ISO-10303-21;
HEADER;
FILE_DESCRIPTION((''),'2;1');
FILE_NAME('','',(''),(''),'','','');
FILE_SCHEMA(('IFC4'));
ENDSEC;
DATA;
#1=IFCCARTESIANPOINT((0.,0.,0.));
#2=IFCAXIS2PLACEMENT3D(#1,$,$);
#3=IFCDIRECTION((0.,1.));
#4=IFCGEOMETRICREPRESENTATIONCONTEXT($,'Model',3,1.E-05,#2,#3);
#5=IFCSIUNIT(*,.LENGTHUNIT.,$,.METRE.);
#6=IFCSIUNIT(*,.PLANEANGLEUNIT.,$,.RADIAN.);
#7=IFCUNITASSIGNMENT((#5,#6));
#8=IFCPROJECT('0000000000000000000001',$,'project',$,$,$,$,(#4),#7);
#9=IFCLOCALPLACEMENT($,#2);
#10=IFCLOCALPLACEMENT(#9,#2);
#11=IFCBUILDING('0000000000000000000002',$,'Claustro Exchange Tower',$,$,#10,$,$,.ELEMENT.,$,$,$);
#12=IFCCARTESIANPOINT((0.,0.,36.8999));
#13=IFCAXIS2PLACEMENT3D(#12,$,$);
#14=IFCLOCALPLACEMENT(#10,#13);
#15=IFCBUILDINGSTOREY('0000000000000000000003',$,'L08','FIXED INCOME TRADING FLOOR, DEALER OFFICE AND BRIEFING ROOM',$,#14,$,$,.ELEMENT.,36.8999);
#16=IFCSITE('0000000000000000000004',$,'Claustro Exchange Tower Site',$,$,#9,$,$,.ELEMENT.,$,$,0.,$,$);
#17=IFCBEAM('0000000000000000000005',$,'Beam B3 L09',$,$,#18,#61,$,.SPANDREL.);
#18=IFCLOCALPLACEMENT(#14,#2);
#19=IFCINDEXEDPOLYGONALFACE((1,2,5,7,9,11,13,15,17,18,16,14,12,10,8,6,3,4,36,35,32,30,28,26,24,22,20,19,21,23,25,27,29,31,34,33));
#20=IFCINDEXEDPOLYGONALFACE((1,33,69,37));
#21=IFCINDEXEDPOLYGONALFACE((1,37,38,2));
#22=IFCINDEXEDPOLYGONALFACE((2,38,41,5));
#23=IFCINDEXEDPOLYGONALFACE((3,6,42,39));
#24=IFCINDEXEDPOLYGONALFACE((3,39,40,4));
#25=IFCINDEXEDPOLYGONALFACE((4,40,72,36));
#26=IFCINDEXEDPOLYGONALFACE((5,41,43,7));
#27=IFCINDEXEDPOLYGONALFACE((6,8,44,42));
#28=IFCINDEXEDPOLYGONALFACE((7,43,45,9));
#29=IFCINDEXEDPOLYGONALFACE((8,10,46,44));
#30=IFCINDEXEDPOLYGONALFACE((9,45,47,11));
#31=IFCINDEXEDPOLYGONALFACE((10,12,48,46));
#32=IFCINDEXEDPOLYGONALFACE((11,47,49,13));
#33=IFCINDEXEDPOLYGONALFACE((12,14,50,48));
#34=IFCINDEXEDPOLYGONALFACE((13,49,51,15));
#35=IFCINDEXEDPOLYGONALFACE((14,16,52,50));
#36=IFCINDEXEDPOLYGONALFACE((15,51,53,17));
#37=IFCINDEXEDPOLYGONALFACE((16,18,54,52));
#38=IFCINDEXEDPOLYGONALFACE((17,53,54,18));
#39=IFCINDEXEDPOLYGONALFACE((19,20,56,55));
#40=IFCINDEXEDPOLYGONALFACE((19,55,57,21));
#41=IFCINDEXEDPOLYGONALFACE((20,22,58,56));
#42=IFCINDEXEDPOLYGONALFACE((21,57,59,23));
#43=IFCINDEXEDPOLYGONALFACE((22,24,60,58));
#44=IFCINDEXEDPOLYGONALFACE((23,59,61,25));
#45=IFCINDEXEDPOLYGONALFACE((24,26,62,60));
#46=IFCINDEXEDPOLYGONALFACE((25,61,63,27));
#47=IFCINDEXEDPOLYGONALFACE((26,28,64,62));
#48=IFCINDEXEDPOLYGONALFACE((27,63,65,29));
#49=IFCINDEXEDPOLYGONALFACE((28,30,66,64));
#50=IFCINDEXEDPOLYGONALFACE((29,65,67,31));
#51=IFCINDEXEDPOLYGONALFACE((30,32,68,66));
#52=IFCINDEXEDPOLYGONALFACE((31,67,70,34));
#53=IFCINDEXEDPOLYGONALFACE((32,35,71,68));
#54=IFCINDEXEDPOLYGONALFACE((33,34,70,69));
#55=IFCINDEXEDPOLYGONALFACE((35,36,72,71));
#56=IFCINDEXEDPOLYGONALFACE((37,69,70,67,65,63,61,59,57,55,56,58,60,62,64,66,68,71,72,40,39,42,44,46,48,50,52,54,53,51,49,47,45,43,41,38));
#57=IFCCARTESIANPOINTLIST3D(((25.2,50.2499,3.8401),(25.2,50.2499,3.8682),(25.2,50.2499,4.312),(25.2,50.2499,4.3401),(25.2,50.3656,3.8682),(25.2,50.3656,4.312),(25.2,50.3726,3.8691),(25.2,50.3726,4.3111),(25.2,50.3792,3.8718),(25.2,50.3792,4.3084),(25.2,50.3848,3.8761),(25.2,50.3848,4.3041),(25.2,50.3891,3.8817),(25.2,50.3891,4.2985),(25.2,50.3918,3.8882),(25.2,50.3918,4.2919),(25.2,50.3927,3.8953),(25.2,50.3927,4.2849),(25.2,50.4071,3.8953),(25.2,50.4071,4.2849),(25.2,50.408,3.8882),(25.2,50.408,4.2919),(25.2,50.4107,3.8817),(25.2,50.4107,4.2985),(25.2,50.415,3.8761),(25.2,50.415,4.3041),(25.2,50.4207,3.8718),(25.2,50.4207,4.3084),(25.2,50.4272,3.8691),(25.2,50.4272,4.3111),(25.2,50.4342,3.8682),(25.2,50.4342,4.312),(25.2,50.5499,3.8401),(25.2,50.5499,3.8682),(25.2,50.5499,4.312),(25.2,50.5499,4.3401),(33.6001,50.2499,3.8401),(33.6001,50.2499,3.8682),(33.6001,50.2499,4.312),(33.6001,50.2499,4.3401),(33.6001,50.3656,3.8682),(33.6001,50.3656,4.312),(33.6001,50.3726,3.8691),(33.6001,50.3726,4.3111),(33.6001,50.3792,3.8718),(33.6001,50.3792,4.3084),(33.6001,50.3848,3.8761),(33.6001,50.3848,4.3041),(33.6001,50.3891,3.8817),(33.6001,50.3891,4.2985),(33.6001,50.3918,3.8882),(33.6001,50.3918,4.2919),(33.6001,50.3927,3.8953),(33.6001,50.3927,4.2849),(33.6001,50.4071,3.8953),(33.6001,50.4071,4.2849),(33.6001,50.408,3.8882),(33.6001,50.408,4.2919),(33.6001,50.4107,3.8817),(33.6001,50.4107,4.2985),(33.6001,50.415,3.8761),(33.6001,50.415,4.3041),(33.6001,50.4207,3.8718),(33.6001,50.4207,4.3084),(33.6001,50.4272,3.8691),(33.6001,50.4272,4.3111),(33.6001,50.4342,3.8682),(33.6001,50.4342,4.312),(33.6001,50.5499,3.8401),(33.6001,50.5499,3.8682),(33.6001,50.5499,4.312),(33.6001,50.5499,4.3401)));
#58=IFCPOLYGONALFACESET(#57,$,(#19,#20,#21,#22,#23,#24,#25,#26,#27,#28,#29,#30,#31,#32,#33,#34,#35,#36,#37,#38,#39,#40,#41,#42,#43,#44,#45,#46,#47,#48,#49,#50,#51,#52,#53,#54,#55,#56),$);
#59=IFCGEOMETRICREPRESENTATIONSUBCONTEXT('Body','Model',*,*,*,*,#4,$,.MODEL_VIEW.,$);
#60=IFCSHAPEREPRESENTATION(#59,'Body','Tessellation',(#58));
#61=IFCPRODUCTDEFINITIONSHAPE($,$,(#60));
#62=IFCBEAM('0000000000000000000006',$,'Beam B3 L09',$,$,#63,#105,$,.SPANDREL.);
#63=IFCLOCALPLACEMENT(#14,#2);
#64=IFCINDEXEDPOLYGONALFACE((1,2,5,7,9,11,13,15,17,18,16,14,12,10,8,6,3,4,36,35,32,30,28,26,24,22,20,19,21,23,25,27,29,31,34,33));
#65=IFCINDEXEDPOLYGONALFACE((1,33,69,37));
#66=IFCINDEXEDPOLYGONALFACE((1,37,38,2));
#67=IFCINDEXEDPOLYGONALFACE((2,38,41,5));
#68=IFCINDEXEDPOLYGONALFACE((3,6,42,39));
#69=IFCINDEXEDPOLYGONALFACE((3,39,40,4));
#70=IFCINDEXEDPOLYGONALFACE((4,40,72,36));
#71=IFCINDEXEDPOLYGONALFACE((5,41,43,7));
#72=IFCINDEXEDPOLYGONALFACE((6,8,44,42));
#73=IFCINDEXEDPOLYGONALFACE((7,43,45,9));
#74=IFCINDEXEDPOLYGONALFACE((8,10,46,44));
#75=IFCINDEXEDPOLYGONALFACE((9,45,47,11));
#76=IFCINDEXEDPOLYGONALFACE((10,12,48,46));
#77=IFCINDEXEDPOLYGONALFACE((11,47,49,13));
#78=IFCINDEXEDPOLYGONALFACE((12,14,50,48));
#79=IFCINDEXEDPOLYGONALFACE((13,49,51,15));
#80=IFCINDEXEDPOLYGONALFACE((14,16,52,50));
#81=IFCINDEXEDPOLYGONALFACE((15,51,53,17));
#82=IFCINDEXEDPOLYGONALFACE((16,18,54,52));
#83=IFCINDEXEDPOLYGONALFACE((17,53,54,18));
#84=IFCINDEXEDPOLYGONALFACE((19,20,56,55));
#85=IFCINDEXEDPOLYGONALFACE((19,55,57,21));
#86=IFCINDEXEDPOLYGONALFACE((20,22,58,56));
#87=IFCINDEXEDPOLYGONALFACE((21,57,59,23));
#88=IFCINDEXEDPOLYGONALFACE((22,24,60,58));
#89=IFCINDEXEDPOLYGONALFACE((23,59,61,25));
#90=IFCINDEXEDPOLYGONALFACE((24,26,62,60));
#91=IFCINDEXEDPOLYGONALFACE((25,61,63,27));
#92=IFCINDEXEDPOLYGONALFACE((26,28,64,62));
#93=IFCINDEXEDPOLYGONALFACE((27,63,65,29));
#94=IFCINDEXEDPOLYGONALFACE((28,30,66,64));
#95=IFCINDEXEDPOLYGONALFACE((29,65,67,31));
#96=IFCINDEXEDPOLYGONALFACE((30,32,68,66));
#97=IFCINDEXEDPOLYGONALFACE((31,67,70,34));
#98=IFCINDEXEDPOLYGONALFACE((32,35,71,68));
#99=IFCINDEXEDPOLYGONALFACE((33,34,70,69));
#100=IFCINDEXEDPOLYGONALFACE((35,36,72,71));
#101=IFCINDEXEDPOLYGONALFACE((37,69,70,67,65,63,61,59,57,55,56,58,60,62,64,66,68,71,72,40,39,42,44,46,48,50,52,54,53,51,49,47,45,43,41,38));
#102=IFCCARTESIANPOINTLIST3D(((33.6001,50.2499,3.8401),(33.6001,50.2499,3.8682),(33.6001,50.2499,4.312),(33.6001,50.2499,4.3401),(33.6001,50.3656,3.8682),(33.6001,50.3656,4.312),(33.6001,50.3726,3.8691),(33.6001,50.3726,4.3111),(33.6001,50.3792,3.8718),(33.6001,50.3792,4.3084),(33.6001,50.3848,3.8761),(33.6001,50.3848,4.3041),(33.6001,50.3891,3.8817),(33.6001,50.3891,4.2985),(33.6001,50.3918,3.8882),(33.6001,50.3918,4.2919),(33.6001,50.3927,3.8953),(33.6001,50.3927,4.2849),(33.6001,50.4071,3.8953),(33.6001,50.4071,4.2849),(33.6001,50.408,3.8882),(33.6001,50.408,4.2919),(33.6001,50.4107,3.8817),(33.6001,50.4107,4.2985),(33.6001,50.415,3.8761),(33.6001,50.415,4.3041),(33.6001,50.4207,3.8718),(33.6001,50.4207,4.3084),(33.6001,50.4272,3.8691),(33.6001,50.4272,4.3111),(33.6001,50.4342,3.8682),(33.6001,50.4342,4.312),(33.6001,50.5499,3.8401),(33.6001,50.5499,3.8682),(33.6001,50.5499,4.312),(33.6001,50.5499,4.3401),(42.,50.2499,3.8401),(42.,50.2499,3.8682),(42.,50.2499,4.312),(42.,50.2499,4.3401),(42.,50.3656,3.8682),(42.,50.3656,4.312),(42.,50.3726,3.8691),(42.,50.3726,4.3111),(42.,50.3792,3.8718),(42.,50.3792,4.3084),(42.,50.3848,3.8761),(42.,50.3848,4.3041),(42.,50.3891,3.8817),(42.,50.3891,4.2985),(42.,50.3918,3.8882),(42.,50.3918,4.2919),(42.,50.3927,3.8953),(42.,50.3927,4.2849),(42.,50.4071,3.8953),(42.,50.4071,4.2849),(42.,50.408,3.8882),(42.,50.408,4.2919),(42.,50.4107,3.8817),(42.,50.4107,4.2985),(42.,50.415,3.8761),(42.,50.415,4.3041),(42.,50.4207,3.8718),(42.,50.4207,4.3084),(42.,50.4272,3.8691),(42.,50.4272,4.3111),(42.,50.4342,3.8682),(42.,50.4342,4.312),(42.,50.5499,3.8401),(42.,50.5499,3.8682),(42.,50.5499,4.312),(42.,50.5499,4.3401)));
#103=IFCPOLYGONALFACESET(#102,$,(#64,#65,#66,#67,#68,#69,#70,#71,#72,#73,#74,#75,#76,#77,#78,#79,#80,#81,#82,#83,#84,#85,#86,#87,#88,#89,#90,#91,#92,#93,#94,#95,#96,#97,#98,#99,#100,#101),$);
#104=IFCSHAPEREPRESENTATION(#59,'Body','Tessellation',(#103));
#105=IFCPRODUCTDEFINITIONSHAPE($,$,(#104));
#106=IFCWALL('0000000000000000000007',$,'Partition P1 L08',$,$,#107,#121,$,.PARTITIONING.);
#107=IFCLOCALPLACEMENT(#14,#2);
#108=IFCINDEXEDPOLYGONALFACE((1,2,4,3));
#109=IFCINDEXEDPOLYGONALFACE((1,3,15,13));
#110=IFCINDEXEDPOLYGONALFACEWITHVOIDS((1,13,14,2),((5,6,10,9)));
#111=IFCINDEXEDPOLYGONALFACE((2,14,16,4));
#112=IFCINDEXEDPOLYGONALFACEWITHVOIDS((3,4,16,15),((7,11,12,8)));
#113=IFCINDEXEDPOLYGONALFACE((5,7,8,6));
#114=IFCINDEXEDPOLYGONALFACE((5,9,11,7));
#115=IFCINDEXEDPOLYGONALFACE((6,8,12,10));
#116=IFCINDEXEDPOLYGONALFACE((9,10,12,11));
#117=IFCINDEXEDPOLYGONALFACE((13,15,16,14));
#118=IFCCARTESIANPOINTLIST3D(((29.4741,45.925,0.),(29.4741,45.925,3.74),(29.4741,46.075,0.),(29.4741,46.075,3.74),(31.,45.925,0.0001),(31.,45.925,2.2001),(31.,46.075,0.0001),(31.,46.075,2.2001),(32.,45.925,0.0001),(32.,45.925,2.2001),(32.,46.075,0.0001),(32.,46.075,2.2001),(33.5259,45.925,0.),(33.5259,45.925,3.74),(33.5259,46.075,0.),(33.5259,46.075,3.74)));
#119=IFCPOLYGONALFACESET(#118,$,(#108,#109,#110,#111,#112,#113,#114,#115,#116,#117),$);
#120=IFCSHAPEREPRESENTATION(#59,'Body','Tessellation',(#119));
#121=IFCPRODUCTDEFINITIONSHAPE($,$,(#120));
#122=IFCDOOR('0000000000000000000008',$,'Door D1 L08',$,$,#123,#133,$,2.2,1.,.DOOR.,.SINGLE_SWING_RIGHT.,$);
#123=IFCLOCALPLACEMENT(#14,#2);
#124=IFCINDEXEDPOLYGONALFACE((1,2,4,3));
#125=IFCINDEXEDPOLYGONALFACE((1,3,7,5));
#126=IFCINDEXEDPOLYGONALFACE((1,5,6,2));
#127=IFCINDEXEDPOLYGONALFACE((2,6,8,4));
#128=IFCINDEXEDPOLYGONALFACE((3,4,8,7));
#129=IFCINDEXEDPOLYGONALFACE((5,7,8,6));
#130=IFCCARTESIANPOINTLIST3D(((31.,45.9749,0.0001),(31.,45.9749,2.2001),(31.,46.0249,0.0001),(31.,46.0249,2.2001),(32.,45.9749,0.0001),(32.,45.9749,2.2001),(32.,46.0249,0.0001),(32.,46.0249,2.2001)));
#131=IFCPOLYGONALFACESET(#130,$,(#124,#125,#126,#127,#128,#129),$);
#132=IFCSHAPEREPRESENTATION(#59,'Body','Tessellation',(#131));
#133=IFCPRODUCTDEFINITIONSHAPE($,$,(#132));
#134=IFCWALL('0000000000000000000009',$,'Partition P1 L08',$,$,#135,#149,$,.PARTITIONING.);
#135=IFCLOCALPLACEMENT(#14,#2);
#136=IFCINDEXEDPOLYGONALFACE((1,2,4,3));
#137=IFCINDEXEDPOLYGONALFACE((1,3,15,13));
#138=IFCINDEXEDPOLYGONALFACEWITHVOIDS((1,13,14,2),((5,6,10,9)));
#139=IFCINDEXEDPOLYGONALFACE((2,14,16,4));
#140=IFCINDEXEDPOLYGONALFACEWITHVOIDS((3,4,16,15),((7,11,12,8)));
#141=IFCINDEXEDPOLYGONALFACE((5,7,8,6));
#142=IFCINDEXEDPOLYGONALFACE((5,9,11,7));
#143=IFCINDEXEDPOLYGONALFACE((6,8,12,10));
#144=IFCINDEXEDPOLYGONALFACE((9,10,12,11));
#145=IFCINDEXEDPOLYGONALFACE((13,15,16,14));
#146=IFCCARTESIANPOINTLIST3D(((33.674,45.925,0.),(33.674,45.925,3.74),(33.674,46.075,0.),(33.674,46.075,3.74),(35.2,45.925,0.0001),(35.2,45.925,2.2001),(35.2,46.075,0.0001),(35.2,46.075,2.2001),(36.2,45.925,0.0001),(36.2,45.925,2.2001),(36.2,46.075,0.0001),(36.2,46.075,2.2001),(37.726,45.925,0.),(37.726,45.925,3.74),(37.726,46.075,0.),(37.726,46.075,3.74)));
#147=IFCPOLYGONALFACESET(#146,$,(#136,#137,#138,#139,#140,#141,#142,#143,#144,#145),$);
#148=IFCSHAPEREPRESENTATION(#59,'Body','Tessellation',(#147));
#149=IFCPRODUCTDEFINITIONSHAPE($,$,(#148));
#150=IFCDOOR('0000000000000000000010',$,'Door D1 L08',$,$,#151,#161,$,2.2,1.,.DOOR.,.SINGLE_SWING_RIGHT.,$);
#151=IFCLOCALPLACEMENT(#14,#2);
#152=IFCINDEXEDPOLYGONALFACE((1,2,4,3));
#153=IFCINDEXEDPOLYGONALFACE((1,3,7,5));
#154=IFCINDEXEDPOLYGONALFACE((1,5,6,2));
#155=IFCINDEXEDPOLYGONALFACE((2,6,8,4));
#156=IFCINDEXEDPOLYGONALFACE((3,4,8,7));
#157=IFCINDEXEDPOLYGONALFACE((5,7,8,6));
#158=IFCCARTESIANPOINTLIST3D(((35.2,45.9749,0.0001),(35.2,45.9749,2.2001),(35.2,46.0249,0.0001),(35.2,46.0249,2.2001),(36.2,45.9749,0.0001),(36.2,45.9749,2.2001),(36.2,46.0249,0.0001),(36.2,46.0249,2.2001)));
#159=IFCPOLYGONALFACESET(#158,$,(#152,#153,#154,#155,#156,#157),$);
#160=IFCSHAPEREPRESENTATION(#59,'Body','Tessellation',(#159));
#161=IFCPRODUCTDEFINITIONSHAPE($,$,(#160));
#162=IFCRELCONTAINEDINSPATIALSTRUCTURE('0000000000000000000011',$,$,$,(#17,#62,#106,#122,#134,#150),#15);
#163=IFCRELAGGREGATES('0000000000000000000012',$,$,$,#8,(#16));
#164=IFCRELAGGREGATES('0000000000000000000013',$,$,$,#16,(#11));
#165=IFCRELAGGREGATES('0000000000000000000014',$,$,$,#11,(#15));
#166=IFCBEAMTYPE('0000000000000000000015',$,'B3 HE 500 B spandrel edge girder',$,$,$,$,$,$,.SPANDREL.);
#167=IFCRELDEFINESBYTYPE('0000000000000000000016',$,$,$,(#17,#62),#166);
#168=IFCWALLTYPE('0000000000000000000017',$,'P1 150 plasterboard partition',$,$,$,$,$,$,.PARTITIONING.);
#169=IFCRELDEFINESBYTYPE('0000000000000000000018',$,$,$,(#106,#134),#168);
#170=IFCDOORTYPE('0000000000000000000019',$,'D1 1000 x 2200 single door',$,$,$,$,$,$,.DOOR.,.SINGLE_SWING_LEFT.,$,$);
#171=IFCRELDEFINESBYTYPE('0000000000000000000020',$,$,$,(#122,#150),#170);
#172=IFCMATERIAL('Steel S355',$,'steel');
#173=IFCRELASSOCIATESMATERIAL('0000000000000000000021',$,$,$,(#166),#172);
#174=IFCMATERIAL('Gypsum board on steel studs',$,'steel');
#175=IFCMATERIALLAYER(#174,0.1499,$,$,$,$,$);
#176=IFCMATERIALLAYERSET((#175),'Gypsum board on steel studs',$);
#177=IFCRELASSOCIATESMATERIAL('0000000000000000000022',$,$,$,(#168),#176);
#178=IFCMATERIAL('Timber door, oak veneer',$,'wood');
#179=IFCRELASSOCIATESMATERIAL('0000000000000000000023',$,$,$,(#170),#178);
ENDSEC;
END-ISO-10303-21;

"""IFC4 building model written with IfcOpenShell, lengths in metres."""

from ifc_helpers import new_model, si_unit, direction, frame, frame_2d, origin, origin_2d, place, context, subcontext, project, spatial, rectangle, i_section, extrude, material, layer, layer_set, material_profile, profile_set, type_object, element, fill, save


model = new_model("IFC4")

# Units and contexts
model_context = context("Model", 3, precision=1e-05, world=origin(), true_north=direction((0.0, 1.0)))
body_context = subcontext(model_context, "Body", "Model", "MODEL_VIEW")
ifc_project = project(units=[si_unit("LENGTHUNIT", "METRE"), si_unit("PLANEANGLEUNIT", "RADIAN")], contexts=[model_context])

# Site, building, storey
site_placement = place(None, origin())
site = spatial("IfcSite", under=ifc_project, at=site_placement, Name="Claustro Exchange Tower Site", CompositionType="ELEMENT", RefElevation=0.0)
building_placement = place(site_placement, origin())
building = spatial("IfcBuilding", under=site, at=building_placement, Name="Claustro Exchange Tower", CompositionType="ELEMENT")
storey_placement = place(building_placement, frame((0.0, 0.0, 36.8999)))
storey = spatial("IfcBuildingStorey", under=building, at=storey_placement, Name="L08", Description="FIXED INCOME TRADING FLOOR, DEALER OFFICE AND BRIEFING ROOM", CompositionType="ELEMENT", Elevation=36.8999)

# Beams
ifc_material_1 = material(Name="Steel S355", Category="steel")
ifc_material_profile_1 = material_profile(ifc_material_1, i_section(OverallWidth=0.3, OverallDepth=0.5, WebThickness=0.0144, FlangeThickness=0.0281, FilletRadius=0.0271, at=origin_2d()), Name="HE 500 B")
ifc_profile_set_1 = profile_set([ifc_material_profile_1], Name="Steel S355")
beam_type_1 = type_object("IfcBeamType", Name="B3 HE 500 B spandrel edge girder", PredefinedType="SPANDREL", material=ifc_profile_set_1)
beam_1_placement = place(storey_placement, frame((25.2, 50.3999, 4.0901), z_axis=(1.0, 0.0, 0.0), x_axis=(0.0, 1.0, 0.0)))
element("IfcBeam", 1, at=beam_1_placement, inside=storey, type_object=beam_type_1, Name="Beam B3 L09", PredefinedType="SPANDREL", context=body_context, shape_type="SweptSolid", body=[
    extrude(i_section(OverallWidth=0.3, OverallDepth=0.5, WebThickness=0.0144, FlangeThickness=0.0281, FilletRadius=0.0271, at=origin_2d()), origin(), (0.0, 0.0, 1.0), 8.4001),
])
beam_2_placement = place(storey_placement, frame((33.6001, 50.3999, 4.0901), z_axis=(1.0, 0.0, 0.0), x_axis=(0.0, 1.0, 0.0)))
element("IfcBeam", 2, at=beam_2_placement, inside=storey, type_object=beam_type_1, Name="Beam B3 L09", PredefinedType="SPANDREL", context=body_context, shape_type="SweptSolid", body=[
    extrude(i_section(OverallWidth=0.3, OverallDepth=0.5, WebThickness=0.0144, FlangeThickness=0.0281, FilletRadius=0.0271, at=origin_2d()), origin(), (0.0, 0.0, 1.0), 8.3999),
])

# Walls, openings, doors
ifc_material_2 = material(Name="Gypsum board on steel studs", Category="steel")
ifc_layer_1 = layer(ifc_material_2, 0.1499)
ifc_layer_set_1 = layer_set([ifc_layer_1], Name="Gypsum board on steel studs")
wall_type_1 = type_object("IfcWallType", Name="P1 150 plasterboard partition", PredefinedType="PARTITIONING", material=ifc_layer_set_1)
wall_1_placement = place(storey_placement, frame((29.4741, 46.0, 0.0), z_axis=(0.0, 0.0, 1.0), x_axis=(1.0, 0.0, 0.0)))
wall_1 = element("IfcWall", 3, at=wall_1_placement, inside=storey, type_object=wall_type_1, Name="Partition P1 L08", PredefinedType="PARTITIONING", context=body_context, shape_type="SweptSolid", body=[
    extrude(rectangle(XDim=4.0518, YDim=0.1499, at=frame_2d((2.0259, 0.0))), origin(), (0.0, 0.0, 1.0), 3.74),
])
opening_1_placement = place(wall_1_placement, frame((1.5259, 0.0, 0.0)))
opening_1 = element("IfcOpeningElement", 4, at=opening_1_placement, cuts=wall_1, PredefinedType="OPENING", context=body_context, shape_type="SweptSolid", body=[
    extrude(rectangle(XDim=1.0, YDim=2.2, at=frame_2d((0.5, 1.1001))), frame((0.0, 0.085, 0.0), z_axis=(0.0, -1.0, 0.0), x_axis=(1.0, 0.0, 0.0)), (0.0, 0.0, 1.0), 0.1699),
])
ifc_material_3 = material(Name="Timber door, oak veneer", Category="wood")
door_type = type_object("IfcDoorType", Name="D1 1000 x 2200 single door", OperationType="SINGLE_SWING_LEFT", PredefinedType="DOOR", material=ifc_material_3)
door_1_placement = place(opening_1_placement, origin())
door_1 = element("IfcDoor", 5, at=door_1_placement, inside=storey, type_object=door_type, Name="Door D1 L08", OperationType="SINGLE_SWING_RIGHT", OverallHeight=2.2, OverallWidth=1.0, PredefinedType="DOOR", context=body_context, shape_type="SweptSolid", body=[
    extrude(rectangle(XDim=1.0, YDim=2.2, at=frame_2d((0.5, 1.1001))), frame((0.0, 0.0249, 0.0), z_axis=(0.0, -1.0, 0.0), x_axis=(1.0, 0.0, 0.0)), (0.0, 0.0, 1.0), 0.05),
])
fill(opening_1, door_1)
wall_2_placement = place(storey_placement, frame((33.6741, 46.0, 0.0), z_axis=(0.0, 0.0, 1.0), x_axis=(1.0, 0.0, 0.0)))
wall_2 = element("IfcWall", 6, at=wall_2_placement, inside=storey, type_object=wall_type_1, Name="Partition P1 L08", PredefinedType="PARTITIONING", context=body_context, shape_type="SweptSolid", body=[
    extrude(rectangle(XDim=4.052, YDim=0.1499, at=frame_2d((2.0259, 0.0))), origin(), (0.0, 0.0, 1.0), 3.74),
])
opening_2_placement = place(wall_2_placement, frame((1.5259, 0.0, 0.0)))
opening_2 = element("IfcOpeningElement", 7, at=opening_2_placement, cuts=wall_2, PredefinedType="OPENING", context=body_context, shape_type="SweptSolid", body=[
    extrude(rectangle(XDim=1.0, YDim=2.2, at=frame_2d((0.5, 1.1001))), frame((0.0, 0.085, 0.0), z_axis=(0.0, -1.0, 0.0), x_axis=(1.0, 0.0, 0.0)), (0.0, 0.0, 1.0), 0.1699),
])
door_2_placement = place(opening_2_placement, origin())
door_2 = element("IfcDoor", 8, at=door_2_placement, inside=storey, type_object=door_type, Name="Door D1 L08", OperationType="SINGLE_SWING_RIGHT", OverallHeight=2.2, OverallWidth=1.0, PredefinedType="DOOR", context=body_context, shape_type="SweptSolid", body=[
    extrude(rectangle(XDim=1.0, YDim=2.2, at=frame_2d((0.5, 1.1001))), frame((0.0, 0.0249, 0.0), z_axis=(0.0, -1.0, 0.0), x_axis=(1.0, 0.0, 0.0)), (0.0, 0.0, 1.0), 0.05),
])
fill(opening_2, door_2)

save(model, "model.ifc")
